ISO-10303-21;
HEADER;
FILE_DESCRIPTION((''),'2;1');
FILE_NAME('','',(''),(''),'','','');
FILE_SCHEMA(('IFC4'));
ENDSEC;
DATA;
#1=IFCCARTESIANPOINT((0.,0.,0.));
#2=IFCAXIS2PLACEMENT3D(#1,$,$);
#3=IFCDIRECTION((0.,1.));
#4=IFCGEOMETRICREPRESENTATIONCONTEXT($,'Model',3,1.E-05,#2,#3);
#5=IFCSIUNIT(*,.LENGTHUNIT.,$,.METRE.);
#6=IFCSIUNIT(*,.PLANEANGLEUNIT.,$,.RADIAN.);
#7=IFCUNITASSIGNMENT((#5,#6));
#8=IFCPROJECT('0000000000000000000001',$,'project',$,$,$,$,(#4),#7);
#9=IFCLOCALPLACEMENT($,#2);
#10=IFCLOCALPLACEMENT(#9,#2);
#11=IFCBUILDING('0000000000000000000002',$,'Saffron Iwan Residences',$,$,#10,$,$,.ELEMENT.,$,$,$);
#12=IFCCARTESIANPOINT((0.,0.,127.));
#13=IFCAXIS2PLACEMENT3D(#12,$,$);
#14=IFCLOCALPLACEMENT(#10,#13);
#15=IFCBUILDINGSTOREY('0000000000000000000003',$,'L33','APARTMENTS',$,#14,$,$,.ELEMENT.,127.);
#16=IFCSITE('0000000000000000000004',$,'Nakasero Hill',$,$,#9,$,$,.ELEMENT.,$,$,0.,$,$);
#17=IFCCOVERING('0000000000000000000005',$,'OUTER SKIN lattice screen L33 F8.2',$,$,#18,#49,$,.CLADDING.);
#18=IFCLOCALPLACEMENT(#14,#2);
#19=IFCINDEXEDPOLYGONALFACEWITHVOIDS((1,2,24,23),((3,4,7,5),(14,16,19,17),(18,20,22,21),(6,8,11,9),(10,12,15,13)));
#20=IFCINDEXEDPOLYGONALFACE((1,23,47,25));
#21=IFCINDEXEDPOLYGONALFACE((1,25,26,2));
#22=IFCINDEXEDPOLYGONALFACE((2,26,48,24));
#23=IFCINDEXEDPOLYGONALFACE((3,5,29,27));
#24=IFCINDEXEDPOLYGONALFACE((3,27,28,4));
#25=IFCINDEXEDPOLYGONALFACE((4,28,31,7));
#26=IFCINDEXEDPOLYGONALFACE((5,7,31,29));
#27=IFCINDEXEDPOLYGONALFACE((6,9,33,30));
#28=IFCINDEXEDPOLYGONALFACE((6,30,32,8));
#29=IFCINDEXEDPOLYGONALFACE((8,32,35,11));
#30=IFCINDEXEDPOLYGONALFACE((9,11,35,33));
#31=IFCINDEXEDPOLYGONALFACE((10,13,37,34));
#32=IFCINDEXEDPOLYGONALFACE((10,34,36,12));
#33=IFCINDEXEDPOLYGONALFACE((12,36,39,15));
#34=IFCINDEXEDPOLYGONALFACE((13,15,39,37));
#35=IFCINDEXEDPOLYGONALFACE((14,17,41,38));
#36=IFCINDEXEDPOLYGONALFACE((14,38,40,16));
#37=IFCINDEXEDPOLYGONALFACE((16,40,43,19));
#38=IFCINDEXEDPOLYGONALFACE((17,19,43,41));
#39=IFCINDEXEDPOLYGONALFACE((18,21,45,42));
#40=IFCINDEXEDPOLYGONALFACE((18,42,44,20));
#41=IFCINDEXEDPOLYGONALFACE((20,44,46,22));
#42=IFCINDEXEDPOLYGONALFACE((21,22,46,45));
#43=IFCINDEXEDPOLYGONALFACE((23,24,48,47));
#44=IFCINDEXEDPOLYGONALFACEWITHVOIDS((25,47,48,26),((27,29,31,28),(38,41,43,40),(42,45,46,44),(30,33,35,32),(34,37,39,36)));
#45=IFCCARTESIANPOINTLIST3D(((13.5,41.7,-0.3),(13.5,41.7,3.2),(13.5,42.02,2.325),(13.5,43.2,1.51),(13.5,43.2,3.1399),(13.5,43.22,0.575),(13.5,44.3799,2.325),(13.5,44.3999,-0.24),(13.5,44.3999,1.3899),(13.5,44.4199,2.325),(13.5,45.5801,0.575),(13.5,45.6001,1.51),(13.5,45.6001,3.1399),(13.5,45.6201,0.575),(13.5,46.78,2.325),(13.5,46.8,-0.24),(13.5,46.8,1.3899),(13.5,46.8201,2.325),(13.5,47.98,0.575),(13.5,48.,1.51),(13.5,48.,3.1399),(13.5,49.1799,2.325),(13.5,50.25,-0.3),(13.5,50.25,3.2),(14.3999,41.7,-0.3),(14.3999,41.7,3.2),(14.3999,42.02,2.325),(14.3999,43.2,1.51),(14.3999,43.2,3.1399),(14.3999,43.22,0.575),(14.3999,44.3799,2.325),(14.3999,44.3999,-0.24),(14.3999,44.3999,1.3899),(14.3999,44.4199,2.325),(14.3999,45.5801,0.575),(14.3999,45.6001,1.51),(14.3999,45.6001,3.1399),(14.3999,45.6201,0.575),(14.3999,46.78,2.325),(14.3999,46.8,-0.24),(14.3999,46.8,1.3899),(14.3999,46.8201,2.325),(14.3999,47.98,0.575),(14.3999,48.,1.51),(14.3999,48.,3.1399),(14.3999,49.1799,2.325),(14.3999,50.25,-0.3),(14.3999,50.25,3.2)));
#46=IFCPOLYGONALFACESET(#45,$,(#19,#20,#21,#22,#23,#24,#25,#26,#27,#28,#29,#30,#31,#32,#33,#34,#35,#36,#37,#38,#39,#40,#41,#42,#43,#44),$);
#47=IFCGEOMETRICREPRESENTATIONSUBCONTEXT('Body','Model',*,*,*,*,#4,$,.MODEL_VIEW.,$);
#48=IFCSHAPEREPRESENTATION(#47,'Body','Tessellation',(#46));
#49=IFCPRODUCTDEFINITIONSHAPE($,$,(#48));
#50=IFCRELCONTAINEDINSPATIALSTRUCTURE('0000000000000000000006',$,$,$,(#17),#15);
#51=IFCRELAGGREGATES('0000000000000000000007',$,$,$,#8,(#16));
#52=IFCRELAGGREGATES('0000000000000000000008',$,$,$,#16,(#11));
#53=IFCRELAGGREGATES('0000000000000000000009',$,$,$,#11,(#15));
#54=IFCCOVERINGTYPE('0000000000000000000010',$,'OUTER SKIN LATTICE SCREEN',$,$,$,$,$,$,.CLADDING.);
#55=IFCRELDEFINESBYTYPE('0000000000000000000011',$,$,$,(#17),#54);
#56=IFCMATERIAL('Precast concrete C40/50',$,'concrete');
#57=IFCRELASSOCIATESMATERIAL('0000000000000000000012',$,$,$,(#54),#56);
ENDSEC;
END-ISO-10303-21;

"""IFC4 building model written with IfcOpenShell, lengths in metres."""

from ifc_helpers import new_model, si_unit, direction, frame, origin, place, context, subcontext, project, spatial, polyline, outline, extrude, material, type_object, element, save


model = new_model("IFC4")

# Units and contexts
model_context = context("Model", 3, precision=1e-05, world=origin(), true_north=direction((0.0, 1.0)))
body_context = subcontext(model_context, "Body", "Model", "MODEL_VIEW")
ifc_project = project(units=[si_unit("LENGTHUNIT", "METRE"), si_unit("PLANEANGLEUNIT", "RADIAN")], contexts=[model_context])

# Site, building, storey
site_placement = place(None, origin())
site = spatial("IfcSite", under=ifc_project, at=site_placement, Name="Nakasero Hill", CompositionType="ELEMENT", RefElevation=0.0)
building_placement = place(site_placement, origin())
building = spatial("IfcBuilding", under=site, at=building_placement, Name="Saffron Iwan Residences", CompositionType="ELEMENT")
storey_placement = place(building_placement, frame((0.0, 0.0, 127.0)))
storey = spatial("IfcBuildingStorey", under=building, at=storey_placement, Name="L33", Description="APARTMENTS", CompositionType="ELEMENT", Elevation=127.0)

# Covering
ifc_material_1 = material(Name="Precast concrete C40/50", Category="concrete")
covering_type = type_object("IfcCoveringType", Name="OUTER SKIN LATTICE SCREEN", PredefinedType="CLADDING", material=ifc_material_1)
covering_placement = place(storey_placement, frame((14.3999, 50.25, -0.3), z_axis=(-1.0, 0.0, 0.0), x_axis=(0.0, -1.0, 0.0)))
element("IfcCovering", 1, at=covering_placement, inside=storey, type_object=covering_type, Name="OUTER SKIN lattice screen L33 F8.2", PredefinedType="CLADDING", context=body_context, shape_type="SweptSolid", body=[
    extrude(outline(polyline([(0.0, 0.0), (8.55, 0.0), (8.55, 3.5), (0.0, 3.5), (0.0, 0.0)]), holes=[polyline([(2.27, 0.875), (3.45, 0.0601), (4.6299, 0.875), (3.45, 1.6899), (2.27, 0.875)]), polyline([(4.6699, 0.875), (5.8501, 0.0601), (7.03, 0.875), (5.8501, 1.6899), (4.6699, 0.875)]), polyline([(1.0701, 2.625), (2.25, 1.8101), (3.4299, 2.625), (2.25, 3.4399), (1.0701, 2.625)]), polyline([(3.47, 2.625), (4.6499, 1.8101), (5.8301, 2.625), (4.6499, 3.4399), (3.47, 2.625)]), polyline([(5.8701, 2.625), (7.05, 1.8101), (8.23, 2.625), (7.05, 3.4399), (5.8701, 2.625)])]), origin(), (0.0, 0.0, 1.0), 0.8999),
])

save(model, "model.ifc")
